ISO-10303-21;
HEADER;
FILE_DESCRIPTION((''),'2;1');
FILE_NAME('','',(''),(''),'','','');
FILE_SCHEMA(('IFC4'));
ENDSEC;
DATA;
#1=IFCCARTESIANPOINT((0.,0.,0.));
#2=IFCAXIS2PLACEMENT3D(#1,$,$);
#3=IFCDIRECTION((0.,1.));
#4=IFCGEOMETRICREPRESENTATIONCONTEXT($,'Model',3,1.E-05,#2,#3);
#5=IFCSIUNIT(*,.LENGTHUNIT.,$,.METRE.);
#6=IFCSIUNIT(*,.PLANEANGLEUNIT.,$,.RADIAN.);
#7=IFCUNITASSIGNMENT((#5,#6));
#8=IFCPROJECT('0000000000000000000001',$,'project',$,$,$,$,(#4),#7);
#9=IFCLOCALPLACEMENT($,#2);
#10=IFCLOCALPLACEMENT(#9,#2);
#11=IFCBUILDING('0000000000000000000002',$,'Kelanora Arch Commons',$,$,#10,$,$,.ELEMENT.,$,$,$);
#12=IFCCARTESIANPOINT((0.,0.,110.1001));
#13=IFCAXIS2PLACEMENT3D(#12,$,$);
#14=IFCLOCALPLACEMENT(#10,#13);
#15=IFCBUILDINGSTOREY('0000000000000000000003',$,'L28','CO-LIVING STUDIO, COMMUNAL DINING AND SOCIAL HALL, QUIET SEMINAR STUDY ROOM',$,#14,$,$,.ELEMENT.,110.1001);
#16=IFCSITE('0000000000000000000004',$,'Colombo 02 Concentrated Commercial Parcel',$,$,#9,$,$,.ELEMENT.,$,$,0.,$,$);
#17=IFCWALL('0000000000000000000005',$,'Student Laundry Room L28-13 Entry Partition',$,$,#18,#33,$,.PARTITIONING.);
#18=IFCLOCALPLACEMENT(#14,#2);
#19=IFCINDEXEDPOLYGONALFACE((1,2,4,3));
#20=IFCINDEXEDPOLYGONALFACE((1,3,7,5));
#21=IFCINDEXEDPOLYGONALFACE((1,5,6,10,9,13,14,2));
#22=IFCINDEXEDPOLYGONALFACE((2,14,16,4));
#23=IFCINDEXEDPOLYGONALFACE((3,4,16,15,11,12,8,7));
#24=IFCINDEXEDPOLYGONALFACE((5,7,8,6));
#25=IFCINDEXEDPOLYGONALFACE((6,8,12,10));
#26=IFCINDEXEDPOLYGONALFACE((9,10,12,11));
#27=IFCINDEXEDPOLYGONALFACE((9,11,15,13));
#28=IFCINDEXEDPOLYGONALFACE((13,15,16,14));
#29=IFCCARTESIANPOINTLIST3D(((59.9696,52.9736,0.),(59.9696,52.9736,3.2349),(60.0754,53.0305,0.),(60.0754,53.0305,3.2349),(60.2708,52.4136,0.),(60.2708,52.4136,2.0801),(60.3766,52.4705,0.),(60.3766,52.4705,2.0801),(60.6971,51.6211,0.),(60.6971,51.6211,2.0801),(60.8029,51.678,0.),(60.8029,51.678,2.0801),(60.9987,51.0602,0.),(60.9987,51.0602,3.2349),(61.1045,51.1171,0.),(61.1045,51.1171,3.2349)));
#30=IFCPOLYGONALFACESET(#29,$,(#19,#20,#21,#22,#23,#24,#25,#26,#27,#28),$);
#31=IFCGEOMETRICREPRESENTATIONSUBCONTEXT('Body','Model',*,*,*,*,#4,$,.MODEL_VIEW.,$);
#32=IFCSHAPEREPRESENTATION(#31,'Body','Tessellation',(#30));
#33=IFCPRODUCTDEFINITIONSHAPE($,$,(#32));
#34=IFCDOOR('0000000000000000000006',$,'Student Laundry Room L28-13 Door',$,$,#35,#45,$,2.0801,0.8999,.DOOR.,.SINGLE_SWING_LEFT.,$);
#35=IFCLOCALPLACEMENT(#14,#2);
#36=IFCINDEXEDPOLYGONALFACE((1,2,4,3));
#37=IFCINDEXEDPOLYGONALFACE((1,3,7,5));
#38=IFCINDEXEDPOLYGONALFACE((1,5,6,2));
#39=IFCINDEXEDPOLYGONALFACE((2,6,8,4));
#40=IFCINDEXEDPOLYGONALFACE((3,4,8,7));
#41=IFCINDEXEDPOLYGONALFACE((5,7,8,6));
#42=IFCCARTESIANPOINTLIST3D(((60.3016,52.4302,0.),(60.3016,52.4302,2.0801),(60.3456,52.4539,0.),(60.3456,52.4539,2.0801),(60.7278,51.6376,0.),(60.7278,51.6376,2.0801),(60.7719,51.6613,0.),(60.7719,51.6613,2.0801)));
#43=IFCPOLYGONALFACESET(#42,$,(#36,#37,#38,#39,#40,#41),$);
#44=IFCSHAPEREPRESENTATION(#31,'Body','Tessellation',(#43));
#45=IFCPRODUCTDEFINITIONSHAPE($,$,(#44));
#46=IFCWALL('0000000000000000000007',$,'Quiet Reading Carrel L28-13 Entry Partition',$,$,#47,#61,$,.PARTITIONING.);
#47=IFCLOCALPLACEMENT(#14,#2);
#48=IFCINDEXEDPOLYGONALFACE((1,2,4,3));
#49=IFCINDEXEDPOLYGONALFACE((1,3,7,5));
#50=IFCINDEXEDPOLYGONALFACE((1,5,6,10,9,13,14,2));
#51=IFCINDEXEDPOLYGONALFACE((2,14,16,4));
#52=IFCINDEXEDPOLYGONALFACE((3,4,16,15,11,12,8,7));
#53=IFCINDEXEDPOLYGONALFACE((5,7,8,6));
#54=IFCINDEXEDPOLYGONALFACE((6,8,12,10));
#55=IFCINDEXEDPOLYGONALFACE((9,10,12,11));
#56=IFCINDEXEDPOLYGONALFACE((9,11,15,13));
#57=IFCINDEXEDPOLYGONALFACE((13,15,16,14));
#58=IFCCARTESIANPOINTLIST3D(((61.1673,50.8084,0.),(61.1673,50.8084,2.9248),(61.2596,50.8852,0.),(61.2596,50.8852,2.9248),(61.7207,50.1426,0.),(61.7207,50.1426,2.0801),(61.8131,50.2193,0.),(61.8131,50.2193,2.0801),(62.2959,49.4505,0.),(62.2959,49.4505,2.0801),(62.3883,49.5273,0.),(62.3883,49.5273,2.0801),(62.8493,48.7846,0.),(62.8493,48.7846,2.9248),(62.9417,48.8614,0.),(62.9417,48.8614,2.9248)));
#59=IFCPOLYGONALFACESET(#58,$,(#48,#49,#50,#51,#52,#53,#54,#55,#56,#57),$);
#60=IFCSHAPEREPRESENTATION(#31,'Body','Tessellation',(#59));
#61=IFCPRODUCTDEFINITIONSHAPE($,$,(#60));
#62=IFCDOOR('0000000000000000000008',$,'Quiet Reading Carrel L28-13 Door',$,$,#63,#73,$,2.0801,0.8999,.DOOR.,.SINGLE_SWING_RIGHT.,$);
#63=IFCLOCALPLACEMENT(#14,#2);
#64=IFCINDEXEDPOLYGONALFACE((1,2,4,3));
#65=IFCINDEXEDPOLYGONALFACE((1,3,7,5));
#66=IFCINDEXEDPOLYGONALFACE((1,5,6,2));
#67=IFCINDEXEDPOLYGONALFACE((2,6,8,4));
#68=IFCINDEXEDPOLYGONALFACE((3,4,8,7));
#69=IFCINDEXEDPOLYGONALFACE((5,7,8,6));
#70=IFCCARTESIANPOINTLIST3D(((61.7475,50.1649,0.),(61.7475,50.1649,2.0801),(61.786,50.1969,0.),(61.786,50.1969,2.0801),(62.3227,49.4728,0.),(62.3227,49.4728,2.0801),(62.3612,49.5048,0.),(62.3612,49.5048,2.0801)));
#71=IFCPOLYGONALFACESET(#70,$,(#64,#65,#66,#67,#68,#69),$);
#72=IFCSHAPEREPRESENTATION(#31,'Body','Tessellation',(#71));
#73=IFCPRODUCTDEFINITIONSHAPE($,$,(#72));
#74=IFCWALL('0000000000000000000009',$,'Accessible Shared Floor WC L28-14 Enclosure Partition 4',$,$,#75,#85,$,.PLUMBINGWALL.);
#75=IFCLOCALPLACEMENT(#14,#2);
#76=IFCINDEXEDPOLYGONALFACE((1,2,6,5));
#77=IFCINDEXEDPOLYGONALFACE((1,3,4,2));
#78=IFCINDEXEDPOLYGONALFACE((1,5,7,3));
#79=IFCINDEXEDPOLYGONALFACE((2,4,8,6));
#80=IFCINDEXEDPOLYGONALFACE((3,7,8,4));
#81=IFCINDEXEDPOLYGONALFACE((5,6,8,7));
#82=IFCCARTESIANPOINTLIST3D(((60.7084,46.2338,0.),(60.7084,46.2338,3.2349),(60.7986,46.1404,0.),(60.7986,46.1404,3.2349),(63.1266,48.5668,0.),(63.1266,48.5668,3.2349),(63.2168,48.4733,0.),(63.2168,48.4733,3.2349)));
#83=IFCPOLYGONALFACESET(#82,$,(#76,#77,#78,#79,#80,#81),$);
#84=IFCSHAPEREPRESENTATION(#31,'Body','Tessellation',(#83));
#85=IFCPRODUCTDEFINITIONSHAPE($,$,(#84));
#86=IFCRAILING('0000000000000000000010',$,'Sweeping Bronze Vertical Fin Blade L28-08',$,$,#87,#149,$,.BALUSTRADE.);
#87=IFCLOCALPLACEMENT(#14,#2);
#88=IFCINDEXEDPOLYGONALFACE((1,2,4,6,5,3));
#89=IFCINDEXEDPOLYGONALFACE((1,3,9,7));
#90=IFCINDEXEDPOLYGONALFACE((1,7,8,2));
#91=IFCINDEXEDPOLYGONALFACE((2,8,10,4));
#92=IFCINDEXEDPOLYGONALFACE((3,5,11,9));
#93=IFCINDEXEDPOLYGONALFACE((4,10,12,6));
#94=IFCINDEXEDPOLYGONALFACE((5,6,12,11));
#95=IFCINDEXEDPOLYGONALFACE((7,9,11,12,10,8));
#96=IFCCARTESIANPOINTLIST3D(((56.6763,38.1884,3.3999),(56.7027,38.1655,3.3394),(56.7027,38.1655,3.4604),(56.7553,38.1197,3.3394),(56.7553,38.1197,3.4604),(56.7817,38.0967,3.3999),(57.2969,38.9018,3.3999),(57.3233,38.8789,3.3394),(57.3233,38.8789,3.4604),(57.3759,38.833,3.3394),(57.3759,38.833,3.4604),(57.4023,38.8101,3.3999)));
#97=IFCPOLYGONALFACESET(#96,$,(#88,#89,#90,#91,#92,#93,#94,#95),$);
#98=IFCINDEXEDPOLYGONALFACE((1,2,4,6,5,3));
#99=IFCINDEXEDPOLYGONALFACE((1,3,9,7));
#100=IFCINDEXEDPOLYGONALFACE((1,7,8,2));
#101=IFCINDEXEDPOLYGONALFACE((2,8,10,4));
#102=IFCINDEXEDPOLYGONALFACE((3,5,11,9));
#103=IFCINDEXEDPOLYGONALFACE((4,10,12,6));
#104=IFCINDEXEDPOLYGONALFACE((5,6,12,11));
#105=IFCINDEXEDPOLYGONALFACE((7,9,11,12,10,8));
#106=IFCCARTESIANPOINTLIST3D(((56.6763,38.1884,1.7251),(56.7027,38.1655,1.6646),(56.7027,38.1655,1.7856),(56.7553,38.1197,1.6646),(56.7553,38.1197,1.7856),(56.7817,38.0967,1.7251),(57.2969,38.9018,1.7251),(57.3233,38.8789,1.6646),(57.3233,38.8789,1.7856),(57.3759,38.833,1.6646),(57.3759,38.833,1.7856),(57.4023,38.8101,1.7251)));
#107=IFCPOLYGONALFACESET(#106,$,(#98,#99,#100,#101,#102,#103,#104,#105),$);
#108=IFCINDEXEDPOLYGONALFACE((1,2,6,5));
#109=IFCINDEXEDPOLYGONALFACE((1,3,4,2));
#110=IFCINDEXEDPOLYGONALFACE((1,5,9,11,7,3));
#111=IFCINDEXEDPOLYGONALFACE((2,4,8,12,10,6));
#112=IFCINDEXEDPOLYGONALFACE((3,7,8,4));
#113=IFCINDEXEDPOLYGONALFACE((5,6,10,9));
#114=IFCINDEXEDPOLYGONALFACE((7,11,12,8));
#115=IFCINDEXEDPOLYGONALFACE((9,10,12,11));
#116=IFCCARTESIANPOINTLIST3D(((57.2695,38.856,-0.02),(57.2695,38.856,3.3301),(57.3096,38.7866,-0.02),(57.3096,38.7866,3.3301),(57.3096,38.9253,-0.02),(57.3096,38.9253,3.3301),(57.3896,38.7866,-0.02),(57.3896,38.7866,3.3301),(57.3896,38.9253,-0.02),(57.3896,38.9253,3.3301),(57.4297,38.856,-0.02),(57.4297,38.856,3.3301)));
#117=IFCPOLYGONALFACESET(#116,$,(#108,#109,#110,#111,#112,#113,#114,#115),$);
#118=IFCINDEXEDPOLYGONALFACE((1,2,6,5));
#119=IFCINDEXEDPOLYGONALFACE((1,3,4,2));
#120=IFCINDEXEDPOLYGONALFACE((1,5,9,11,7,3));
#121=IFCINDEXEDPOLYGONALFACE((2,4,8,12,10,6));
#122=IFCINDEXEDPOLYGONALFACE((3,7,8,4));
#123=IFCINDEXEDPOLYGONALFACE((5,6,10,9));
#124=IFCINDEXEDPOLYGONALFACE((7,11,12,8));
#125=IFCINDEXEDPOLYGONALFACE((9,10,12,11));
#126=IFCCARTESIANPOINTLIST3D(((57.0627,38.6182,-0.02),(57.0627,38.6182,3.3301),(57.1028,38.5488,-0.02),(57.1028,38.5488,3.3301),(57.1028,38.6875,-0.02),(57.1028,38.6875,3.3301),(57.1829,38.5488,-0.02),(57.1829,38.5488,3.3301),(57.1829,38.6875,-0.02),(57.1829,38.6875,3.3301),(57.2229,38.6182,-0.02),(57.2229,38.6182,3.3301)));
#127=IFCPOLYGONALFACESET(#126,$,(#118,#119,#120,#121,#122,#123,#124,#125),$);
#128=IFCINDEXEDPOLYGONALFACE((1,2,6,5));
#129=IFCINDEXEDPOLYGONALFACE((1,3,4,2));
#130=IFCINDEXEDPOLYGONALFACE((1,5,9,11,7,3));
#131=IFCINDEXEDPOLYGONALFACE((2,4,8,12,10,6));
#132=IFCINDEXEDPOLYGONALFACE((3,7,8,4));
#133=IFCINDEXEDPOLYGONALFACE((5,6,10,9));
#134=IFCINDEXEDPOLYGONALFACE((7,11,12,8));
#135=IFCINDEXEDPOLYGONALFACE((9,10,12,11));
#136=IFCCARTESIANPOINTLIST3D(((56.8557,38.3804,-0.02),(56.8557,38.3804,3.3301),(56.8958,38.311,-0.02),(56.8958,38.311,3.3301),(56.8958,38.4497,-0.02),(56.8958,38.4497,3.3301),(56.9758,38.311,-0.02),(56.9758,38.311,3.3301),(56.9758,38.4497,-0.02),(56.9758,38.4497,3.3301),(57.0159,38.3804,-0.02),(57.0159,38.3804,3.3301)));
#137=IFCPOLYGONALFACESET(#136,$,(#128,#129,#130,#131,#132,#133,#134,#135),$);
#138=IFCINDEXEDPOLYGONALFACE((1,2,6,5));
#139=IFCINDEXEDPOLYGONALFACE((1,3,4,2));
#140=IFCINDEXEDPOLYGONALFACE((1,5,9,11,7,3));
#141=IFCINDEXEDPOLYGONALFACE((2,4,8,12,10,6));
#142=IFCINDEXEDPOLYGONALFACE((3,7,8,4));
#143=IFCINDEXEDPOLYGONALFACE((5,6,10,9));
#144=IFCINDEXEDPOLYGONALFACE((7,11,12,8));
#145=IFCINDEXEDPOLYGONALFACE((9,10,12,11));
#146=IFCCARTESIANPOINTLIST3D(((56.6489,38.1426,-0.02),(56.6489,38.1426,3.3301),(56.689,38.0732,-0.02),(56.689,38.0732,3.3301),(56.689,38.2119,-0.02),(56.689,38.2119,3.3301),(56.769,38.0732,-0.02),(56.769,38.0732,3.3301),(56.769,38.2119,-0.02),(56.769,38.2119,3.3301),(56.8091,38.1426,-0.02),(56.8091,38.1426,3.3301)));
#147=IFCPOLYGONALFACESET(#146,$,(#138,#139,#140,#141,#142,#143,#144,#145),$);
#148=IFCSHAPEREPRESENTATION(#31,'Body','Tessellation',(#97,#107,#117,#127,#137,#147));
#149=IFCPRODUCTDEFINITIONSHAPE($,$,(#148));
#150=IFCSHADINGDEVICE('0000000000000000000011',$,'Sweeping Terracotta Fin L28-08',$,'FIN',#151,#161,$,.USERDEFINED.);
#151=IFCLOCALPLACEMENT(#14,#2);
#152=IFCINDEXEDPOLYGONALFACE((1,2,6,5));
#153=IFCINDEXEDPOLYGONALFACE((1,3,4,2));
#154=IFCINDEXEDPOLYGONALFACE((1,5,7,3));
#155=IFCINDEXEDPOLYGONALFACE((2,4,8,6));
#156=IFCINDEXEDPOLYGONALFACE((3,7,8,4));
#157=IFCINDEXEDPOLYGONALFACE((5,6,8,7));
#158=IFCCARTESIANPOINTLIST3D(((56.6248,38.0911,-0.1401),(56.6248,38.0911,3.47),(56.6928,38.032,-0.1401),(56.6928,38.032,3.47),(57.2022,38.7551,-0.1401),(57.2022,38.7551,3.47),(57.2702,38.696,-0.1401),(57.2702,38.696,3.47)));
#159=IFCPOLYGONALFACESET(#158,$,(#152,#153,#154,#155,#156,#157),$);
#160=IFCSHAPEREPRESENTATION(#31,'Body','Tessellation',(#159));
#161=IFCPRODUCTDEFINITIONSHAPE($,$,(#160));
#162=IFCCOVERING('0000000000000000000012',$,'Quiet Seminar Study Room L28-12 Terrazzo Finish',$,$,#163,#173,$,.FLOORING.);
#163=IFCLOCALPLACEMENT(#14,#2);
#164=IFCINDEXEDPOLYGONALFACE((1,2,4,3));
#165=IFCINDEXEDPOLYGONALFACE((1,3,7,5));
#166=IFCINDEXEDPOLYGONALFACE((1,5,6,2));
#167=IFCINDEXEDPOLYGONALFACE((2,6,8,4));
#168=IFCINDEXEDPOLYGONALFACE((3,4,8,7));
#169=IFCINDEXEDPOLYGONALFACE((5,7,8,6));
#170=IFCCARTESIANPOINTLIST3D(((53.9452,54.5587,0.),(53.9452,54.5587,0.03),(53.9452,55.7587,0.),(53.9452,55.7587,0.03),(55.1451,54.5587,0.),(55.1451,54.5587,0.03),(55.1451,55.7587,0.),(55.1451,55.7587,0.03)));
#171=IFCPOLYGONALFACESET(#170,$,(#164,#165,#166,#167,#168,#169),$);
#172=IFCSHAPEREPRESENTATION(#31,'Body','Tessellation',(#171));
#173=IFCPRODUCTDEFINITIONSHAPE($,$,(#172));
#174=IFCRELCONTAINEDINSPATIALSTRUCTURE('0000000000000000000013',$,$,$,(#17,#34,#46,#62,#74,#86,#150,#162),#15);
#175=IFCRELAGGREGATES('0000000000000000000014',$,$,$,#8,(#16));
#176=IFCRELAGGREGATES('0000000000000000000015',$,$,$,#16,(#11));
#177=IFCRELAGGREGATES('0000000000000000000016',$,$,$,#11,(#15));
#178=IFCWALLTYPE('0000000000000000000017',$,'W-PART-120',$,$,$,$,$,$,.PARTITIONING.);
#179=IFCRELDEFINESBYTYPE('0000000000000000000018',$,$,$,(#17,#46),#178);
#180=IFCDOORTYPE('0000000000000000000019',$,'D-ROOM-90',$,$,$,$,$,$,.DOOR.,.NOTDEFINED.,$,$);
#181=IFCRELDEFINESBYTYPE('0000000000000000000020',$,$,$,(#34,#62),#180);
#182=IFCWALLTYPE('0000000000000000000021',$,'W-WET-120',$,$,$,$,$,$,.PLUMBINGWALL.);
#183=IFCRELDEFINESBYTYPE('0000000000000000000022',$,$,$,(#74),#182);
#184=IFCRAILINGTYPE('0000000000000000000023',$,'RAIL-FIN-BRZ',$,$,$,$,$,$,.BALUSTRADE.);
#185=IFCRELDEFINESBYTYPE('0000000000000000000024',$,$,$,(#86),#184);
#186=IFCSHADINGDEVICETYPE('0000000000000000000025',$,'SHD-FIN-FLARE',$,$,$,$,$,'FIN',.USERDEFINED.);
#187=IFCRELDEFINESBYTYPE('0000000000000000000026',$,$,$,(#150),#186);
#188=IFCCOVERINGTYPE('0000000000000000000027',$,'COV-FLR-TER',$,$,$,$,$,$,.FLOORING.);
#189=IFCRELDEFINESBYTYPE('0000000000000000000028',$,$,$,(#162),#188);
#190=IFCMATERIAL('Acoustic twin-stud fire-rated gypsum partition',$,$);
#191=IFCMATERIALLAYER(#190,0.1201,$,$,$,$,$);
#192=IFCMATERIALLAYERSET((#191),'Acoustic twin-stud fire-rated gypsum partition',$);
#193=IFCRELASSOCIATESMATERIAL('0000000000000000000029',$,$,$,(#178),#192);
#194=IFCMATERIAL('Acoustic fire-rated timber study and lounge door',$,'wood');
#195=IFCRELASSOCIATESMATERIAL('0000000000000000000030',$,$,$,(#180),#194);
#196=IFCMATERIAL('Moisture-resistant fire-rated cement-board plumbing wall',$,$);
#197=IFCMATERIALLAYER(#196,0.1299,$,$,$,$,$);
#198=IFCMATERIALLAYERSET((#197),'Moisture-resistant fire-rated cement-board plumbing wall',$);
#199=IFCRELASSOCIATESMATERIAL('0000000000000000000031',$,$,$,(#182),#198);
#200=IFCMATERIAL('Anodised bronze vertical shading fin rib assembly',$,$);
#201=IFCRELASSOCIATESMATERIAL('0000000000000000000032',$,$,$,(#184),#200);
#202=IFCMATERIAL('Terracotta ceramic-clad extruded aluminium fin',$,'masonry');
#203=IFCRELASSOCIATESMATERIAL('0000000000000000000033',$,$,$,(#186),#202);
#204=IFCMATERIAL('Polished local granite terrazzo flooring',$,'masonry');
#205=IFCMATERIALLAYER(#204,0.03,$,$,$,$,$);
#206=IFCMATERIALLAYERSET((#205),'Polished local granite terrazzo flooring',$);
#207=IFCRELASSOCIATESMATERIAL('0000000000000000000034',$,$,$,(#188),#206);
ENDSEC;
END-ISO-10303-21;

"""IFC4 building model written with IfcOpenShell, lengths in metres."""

from ifc_helpers import new_model, si_unit, direction, frame, frame_2d, origin, origin_2d, place, context, subcontext, project, spatial, polyline, rectangle, outline, extrude, source, transform, mapped, material, layer, layer_set, type_object, element, fill, save


model = new_model("IFC4")

# Units and contexts
model_context = context("Model", 3, precision=1e-05, world=origin(), true_north=direction((0.0, 1.0)))
body_context = subcontext(model_context, "Body", "Model", "MODEL_VIEW")
ifc_project = project(units=[si_unit("LENGTHUNIT", "METRE"), si_unit("PLANEANGLEUNIT", "RADIAN")], contexts=[model_context])

# Site, building, storey
site_placement = place(None, origin())
site = spatial("IfcSite", under=ifc_project, at=site_placement, Name="Colombo 02 Concentrated Commercial Parcel", CompositionType="ELEMENT", RefElevation=0.0)
building_placement = place(site_placement, origin())
building = spatial("IfcBuilding", under=site, at=building_placement, Name="Kelanora Arch Commons", CompositionType="ELEMENT")
storey_placement = place(building_placement, frame((0.0, 0.0, 110.1001)))
storey = spatial("IfcBuildingStorey", under=building, at=storey_placement, Name="L28", Description="CO-LIVING STUDIO, COMMUNAL DINING AND SOCIAL HALL, QUIET SEMINAR STUDY ROOM", CompositionType="ELEMENT", Elevation=110.1001)

# Walls, openings, doors
ifc_material_1 = material(Name="Acoustic twin-stud fire-rated gypsum partition")
ifc_layer_1 = layer(ifc_material_1, 0.1201)
ifc_layer_set_1 = layer_set([ifc_layer_1], Name="Acoustic twin-stud fire-rated gypsum partition")
wall_type_1 = type_object("IfcWallType", Name="W-PART-120", PredefinedType="PARTITIONING", material=ifc_layer_set_1)
ifc_material_2 = material(Name="Acoustic fire-rated timber study and lounge door", Category="wood")
door_type = type_object("IfcDoorType", Name="D-ROOM-90", OperationType="NOTDEFINED", PredefinedType="DOOR", material=ifc_material_2)
wall_1_placement = place(storey_placement, frame((60.0225, 53.0022, 0.0), z_axis=(0.0, 0.0, 1.0), x_axis=(0.473671, -0.880702, 0.0)))
wall_1 = element("IfcWall", 1, at=wall_1_placement, inside=storey, type_object=wall_type_1, Name="Student Laundry Room L28-13 Entry Partition", PredefinedType="PARTITIONING", context=body_context, shape_type="SweptSolid", body=[
    extrude(rectangle(XDim=2.1726, YDim=0.1201, at=frame_2d((1.0864, 0.0))), origin(), (0.0, 0.0, 1.0), 3.2349),
])
opening_1_placement = place(wall_1_placement, frame((0.636, 0.0, 0.0)))
opening_1 = element("IfcOpeningElement", 2, at=opening_1_placement, cuts=wall_1, PredefinedType="OPENING", context=body_context, shape_type="SweptSolid", body=[
    extrude(rectangle(XDim=0.8999, YDim=2.0801, at=frame_2d((0.45, 1.04))), frame((0.0, 0.0701, 0.0), z_axis=(0.0, -1.0, 0.0), x_axis=(1.0, 0.0, 0.0)), (0.0, 0.0, 1.0), 0.1401),
])
door_1_placement = place(opening_1_placement, origin())
door_1 = element("IfcDoor", 3, at=door_1_placement, inside=storey, type_object=door_type, Name="Student Laundry Room L28-13 Door", OperationType="SINGLE_SWING_LEFT", OverallHeight=2.0801, OverallWidth=0.8999, PredefinedType="DOOR", context=body_context, shape_type="SweptSolid", body=[
    extrude(rectangle(XDim=0.8999, YDim=2.0801, at=frame_2d((0.45, 1.04))), frame((0.0, 0.0249, 0.0), z_axis=(0.0, -1.0, 0.0), x_axis=(1.0, 0.0, 0.0)), (0.0, 0.0, 1.0), 0.05),
])
fill(opening_1, door_1)
wall_2_placement = place(storey_placement, frame((61.2134, 50.8469, 0.0), z_axis=(0.0, 0.0, 1.0), x_axis=(0.63918, -0.769057, 0.0)))
wall_2 = element("IfcWall", 4, at=wall_2_placement, inside=storey, type_object=wall_type_1, Name="Quiet Reading Carrel L28-13 Entry Partition", PredefinedType="PARTITIONING", context=body_context, shape_type="SweptSolid", body=[
    extrude(rectangle(XDim=2.6316, YDim=0.1201, at=frame_2d((1.3159, 0.0))), origin(), (0.0, 0.0, 1.0), 2.9248),
])
opening_2_placement = place(wall_2_placement, frame((0.866, 0.0, 0.0)))
opening_2 = element("IfcOpeningElement", 5, at=opening_2_placement, cuts=wall_2, PredefinedType="OPENING", context=body_context, shape_type="SweptSolid", body=[
    extrude(rectangle(XDim=0.8999, YDim=2.0801, at=frame_2d((0.45, 1.04))), frame((0.0, 0.0701, 0.0), z_axis=(0.0, -1.0, 0.0), x_axis=(1.0, 0.0, 0.0)), (0.0, 0.0, 1.0), 0.1401),
])
door_2_placement = place(opening_2_placement, origin())
door_2 = element("IfcDoor", 6, at=door_2_placement, inside=storey, type_object=door_type, Name="Quiet Reading Carrel L28-13 Door", OperationType="SINGLE_SWING_RIGHT", OverallHeight=2.0801, OverallWidth=0.8999, PredefinedType="DOOR", context=body_context, shape_type="SweptSolid", body=[
    extrude(rectangle(XDim=0.8999, YDim=2.0801, at=frame_2d((0.45, 1.04))), frame((0.0, 0.0249, 0.0), z_axis=(0.0, -1.0, 0.0), x_axis=(1.0, 0.0, 0.0)), (0.0, 0.0, 1.0), 0.05),
])
fill(opening_2, door_2)

# Wall
ifc_material_3 = material(Name="Moisture-resistant fire-rated cement-board plumbing wall")
ifc_layer_2 = layer(ifc_material_3, 0.1299)
ifc_layer_set_2 = layer_set([ifc_layer_2], Name="Moisture-resistant fire-rated cement-board plumbing wall")
wall_type_2 = type_object("IfcWallType", Name="W-WET-120", PredefinedType="PLUMBINGWALL", material=ifc_layer_set_2)
wall_3_placement = place(storey_placement, frame((60.7534, 46.187, 0.0), z_axis=(0.0, 0.0, 1.0), x_axis=(0.719672, 0.694314, 0.0)))
element("IfcWall", 7, at=wall_3_placement, inside=storey, type_object=wall_type_2, Name="Accessible Shared Floor WC L28-14 Enclosure Partition 4", PredefinedType="PLUMBINGWALL", context=body_context, shape_type="SweptSolid", body=[
    extrude(rectangle(XDim=3.3601, YDim=0.1299, at=frame_2d((1.6802, 0.0))), origin(), (0.0, 0.0, 1.0), 3.2349),
])

# Railing
ifc_material_4 = material(Name="Anodised bronze vertical shading fin rib assembly")
railing_type = type_object("IfcRailingType", Name="RAIL-FIN-BRZ", PredefinedType="BALUSTRADE", material=ifc_material_4)
railing_placement = place(storey_placement, frame((57.3496, 38.856, -0.02)))
element("IfcRailing", 8, at=railing_placement, inside=storey, type_object=railing_type, Name="Sweeping Bronze Vertical Fin Blade L28-08", PredefinedType="BALUSTRADE", context=body_context, shape_type="SweptSolid", body=[
    extrude(outline(polyline([(0.0698, 0.0), (0.0349, 0.0605), (-0.0349, 0.0605), (-0.0698, 0.0), (-0.0349, -0.0605), (0.0349, -0.0605), (0.0698, 0.0)])), frame((0.0, 0.0, 3.4199), z_axis=(-0.656345, -0.754461, 0.0), x_axis=(0.754461, -0.656345, 0.0)), (0.0, 0.0, 1.0), 0.9456),
    extrude(outline(polyline([(0.0698, 0.0), (0.0349, 0.0605), (-0.0349, 0.0605), (-0.0698, 0.0), (-0.0349, -0.0605), (0.0349, -0.0605), (0.0698, 0.0)])), frame((0.0, 0.0, 1.7451), z_axis=(-0.656345, -0.754461, 0.0), x_axis=(0.754461, -0.656345, 0.0)), (0.0, 0.0, 1.0), 0.9456),
    extrude(outline(polyline([(0.0801, 0.0), (0.04, 0.0693), (-0.04, 0.0693), (-0.0801, 0.0), (-0.04, -0.0693), (0.04, -0.0693), (0.0801, 0.0)])), origin(), (0.0, 0.0, 1.0), 3.3501),
    extrude(outline(polyline([(0.0801, 0.0), (0.04, 0.0693), (-0.04, 0.0693), (-0.0801, 0.0), (-0.04, -0.0693), (0.04, -0.0693), (0.0801, 0.0)])), frame((-0.2068, -0.2378, 0.0)), (0.0, 0.0, 1.0), 3.3501),
    extrude(outline(polyline([(0.0801, 0.0), (0.04, 0.0693), (-0.04, 0.0693), (-0.0801, 0.0), (-0.04, -0.0693), (0.04, -0.0693), (0.0801, 0.0)])), frame((-0.4138, -0.4756, 0.0)), (0.0, 0.0, 1.0), 3.3501),
    extrude(outline(polyline([(0.0801, 0.0), (0.04, 0.0693), (-0.04, 0.0693), (-0.0801, 0.0), (-0.04, -0.0693), (0.04, -0.0693), (0.0801, 0.0)])), frame((-0.6206, -0.7134, 0.0)), (0.0, 0.0, 1.0), 3.3501),
])

# Shading device
ifc_material_5 = material(Name="Terracotta ceramic-clad extruded aluminium fin", Category="masonry")
shading_device_type = type_object("IfcShadingDeviceType", Name="SHD-FIN-FLARE", ElementType="FIN", PredefinedType="USERDEFINED", material=ifc_material_5)
shared_shape_1 = source(origin(), body_context, "Body", "SweptSolid", [
    extrude(rectangle(XDim=0.8799, YDim=0.0901, at=origin_2d()), origin(), (0.0, 0.0, 1.0), 3.6101),
])
shading_device_placement = place(storey_placement, frame((56.9475, 38.3936, -0.1401), z_axis=(0.0, 0.0, 1.0), x_axis=(-0.656191, -0.754595, 0.0)))
element("IfcShadingDevice", 9, at=shading_device_placement, inside=storey, type_object=shading_device_type, Name="Sweeping Terracotta Fin L28-08", ObjectType="FIN", PredefinedType="USERDEFINED", context=body_context, shape_type="MappedRepresentation", body=[
    mapped(shared_shape_1, transform((0.0, 0.0, 0.0), scale=1.0)),
])

# Covering
ifc_material_6 = material(Name="Polished local granite terrazzo flooring", Category="masonry")
ifc_layer_3 = layer(ifc_material_6, 0.03)
ifc_layer_set_3 = layer_set([ifc_layer_3], Name="Polished local granite terrazzo flooring")
covering_type = type_object("IfcCoveringType", Name="COV-FLR-TER", PredefinedType="FLOORING", material=ifc_layer_set_3)
shared_shape_2 = source(origin(), body_context, "Body", "SweptSolid", [
    extrude(rectangle(XDim=1.2, YDim=1.2, at=origin_2d()), origin(), (0.0, 0.0, 1.0), 0.03),
])
for number, where, z_axis, x_axis, name in (
    (10, (54.5452, 55.1587, 0.0), (0.0, 0.0, 1.0), (1.0, 0.0, 0.0), "Quiet Seminar Study Room L28-12 Terrazzo Finish"),
):
    element("IfcCovering", number, at=place(storey_placement, frame(where, z_axis=z_axis, x_axis=x_axis)), inside=storey, type_object=covering_type, Name=name, PredefinedType="FLOORING", context=body_context, shape_type="MappedRepresentation", body=[
        mapped(shared_shape_2, transform((0.0, 0.0, 0.0), scale=1.0)),
    ])

save(model, "model.ifc")
